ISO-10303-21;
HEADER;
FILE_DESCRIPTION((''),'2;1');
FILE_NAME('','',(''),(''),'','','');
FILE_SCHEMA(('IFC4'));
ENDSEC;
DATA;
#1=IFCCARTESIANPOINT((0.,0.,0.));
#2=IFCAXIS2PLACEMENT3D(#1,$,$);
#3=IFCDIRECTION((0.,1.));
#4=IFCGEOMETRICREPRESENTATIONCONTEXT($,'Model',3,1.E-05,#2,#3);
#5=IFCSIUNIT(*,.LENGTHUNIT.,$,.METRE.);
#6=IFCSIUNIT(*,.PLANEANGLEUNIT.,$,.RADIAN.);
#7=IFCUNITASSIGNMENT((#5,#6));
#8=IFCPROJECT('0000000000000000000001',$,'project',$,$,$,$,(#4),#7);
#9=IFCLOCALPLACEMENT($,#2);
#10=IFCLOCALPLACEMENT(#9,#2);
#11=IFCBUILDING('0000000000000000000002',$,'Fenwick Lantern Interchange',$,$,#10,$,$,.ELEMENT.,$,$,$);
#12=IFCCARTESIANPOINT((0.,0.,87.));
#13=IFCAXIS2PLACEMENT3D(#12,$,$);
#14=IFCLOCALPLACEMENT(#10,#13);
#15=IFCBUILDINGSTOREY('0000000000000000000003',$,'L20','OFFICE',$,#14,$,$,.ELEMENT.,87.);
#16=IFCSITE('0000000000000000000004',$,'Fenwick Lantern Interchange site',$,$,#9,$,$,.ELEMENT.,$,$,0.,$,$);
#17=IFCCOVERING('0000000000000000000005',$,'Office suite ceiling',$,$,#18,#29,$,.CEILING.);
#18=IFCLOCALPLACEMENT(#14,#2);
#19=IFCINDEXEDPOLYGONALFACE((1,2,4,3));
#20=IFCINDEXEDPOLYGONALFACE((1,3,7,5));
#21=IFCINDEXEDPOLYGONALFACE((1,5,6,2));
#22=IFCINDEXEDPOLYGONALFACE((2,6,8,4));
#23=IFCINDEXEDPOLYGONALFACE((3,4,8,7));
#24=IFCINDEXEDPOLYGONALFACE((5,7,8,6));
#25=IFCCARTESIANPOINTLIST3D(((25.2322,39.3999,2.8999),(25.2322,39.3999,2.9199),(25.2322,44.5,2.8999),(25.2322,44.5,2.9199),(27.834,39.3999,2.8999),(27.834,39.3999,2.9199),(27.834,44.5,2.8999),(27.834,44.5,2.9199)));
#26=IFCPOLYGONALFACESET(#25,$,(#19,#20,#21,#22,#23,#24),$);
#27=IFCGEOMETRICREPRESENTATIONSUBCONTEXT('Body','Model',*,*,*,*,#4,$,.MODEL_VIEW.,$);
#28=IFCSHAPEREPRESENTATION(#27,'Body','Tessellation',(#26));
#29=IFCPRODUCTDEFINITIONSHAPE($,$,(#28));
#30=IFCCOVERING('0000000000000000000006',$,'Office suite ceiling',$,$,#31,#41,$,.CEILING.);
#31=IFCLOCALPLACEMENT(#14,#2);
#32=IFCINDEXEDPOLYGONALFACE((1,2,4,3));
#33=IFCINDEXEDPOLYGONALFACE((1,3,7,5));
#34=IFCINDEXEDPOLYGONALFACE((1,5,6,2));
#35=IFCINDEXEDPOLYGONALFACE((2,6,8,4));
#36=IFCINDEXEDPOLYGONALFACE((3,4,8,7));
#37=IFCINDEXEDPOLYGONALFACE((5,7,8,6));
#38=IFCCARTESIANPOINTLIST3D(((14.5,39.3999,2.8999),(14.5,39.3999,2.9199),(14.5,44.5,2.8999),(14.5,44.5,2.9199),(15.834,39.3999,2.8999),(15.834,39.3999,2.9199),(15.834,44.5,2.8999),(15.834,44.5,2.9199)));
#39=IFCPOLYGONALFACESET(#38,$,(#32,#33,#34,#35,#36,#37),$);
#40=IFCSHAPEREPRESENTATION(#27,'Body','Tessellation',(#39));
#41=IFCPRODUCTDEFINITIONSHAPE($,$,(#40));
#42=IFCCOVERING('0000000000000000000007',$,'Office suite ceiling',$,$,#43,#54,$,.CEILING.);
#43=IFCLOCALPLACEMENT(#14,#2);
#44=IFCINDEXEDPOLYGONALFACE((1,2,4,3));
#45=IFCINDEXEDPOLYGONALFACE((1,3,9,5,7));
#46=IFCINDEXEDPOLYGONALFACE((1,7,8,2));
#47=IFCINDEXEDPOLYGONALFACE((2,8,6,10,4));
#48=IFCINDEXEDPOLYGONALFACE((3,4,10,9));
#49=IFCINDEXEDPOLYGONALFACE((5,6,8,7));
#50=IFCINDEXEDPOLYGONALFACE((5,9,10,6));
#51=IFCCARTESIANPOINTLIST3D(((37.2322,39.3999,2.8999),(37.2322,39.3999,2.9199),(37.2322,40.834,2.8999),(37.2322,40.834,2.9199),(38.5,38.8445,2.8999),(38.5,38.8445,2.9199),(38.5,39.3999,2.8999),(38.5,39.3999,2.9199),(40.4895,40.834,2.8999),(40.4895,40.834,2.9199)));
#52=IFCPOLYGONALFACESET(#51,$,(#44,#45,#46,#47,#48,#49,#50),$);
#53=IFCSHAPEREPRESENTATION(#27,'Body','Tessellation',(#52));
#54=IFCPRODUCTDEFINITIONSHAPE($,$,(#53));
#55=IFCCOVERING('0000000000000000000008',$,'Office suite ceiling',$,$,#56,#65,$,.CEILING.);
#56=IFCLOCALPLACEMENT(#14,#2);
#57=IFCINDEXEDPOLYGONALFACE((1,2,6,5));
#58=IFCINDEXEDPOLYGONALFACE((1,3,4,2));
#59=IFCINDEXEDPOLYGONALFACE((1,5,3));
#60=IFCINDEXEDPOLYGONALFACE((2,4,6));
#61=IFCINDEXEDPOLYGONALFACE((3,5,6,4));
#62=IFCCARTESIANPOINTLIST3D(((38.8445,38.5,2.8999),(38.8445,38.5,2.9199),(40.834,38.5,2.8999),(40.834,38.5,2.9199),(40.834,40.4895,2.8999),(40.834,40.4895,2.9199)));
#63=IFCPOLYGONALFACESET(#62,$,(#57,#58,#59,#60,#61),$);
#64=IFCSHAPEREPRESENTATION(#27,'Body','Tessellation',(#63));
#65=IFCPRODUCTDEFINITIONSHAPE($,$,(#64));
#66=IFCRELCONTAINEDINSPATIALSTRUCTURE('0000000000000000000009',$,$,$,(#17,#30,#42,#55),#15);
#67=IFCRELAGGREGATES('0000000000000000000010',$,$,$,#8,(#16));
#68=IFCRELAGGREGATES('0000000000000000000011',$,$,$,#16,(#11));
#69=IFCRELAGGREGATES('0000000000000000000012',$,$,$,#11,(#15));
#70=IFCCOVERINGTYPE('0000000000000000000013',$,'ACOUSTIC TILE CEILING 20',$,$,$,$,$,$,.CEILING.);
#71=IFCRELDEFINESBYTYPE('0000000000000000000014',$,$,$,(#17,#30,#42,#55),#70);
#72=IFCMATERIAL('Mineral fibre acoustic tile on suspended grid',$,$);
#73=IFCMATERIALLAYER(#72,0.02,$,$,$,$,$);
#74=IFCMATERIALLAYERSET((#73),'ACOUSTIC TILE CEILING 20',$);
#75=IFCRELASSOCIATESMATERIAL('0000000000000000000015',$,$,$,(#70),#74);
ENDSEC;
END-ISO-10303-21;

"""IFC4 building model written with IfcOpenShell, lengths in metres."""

from ifc_helpers import new_model, si_unit, direction, frame, origin, place, context, subcontext, project, spatial, polyline, outline, extrude, material, layer, layer_set, type_object, element, save


model = new_model("IFC4")

# Units and contexts
model_context = context("Model", 3, precision=1e-05, world=origin(), true_north=direction((0.0, 1.0)))
body_context = subcontext(model_context, "Body", "Model", "MODEL_VIEW")
ifc_project = project(units=[si_unit("LENGTHUNIT", "METRE"), si_unit("PLANEANGLEUNIT", "RADIAN")], contexts=[model_context])

# Site, building, storey
site_placement = place(None, origin())
site = spatial("IfcSite", under=ifc_project, at=site_placement, Name="Fenwick Lantern Interchange site", CompositionType="ELEMENT", RefElevation=0.0)
building_placement = place(site_placement, origin())
building = spatial("IfcBuilding", under=site, at=building_placement, Name="Fenwick Lantern Interchange", CompositionType="ELEMENT")
storey_placement = place(building_placement, frame((0.0, 0.0, 87.0)))
storey = spatial("IfcBuildingStorey", under=building, at=storey_placement, Name="L20", Description="OFFICE", CompositionType="ELEMENT", Elevation=87.0)

# Coverings
ifc_material = material(Name="Mineral fibre acoustic tile on suspended grid")
ifc_layer = layer(ifc_material, 0.02)
ifc_layer_set = layer_set([ifc_layer], Name="ACOUSTIC TILE CEILING 20")
covering_type = type_object("IfcCoveringType", Name="ACOUSTIC TILE CEILING 20", PredefinedType="CEILING", material=ifc_layer_set)
covering_1_placement = place(storey_placement, frame((0.0, 0.0, 2.8999)))
element("IfcCovering", 1, at=covering_1_placement, inside=storey, type_object=covering_type, Name="Office suite ceiling", PredefinedType="CEILING", context=body_context, shape_type="SweptSolid", body=[
    extrude(outline(polyline([(25.2322, 39.3999), (27.834, 39.3999), (27.834, 44.5), (25.2322, 44.5), (25.2322, 39.3999)])), origin(), (0.0, 0.0, 1.0), 0.02),
])
covering_2_placement = place(storey_placement, frame((0.0, 0.0, 2.8999)))
element("IfcCovering", 2, at=covering_2_placement, inside=storey, type_object=covering_type, Name="Office suite ceiling", PredefinedType="CEILING", context=body_context, shape_type="SweptSolid", body=[
    extrude(outline(polyline([(14.5, 39.3999), (15.834, 39.3999), (15.834, 44.5), (14.5, 44.5), (14.5, 39.3999)])), origin(), (0.0, 0.0, 1.0), 0.02),
])
covering_3_placement = place(storey_placement, frame((0.0, 0.0, 2.8999)))
element("IfcCovering", 3, at=covering_3_placement, inside=storey, type_object=covering_type, Name="Office suite ceiling", PredefinedType="CEILING", context=body_context, shape_type="SweptSolid", body=[
    extrude(outline(polyline([(38.5, 39.3999), (38.5, 38.8445), (40.4895, 40.834), (37.2322, 40.834), (37.2322, 39.3999), (38.5, 39.3999)])), origin(), (0.0, 0.0, 1.0), 0.02),
])
covering_4_placement = place(storey_placement, frame((0.0, 0.0, 2.8999)))
element("IfcCovering", 4, at=covering_4_placement, inside=storey, type_object=covering_type, Name="Office suite ceiling", PredefinedType="CEILING", context=body_context, shape_type="SweptSolid", body=[
    extrude(outline(polyline([(38.8445, 38.5), (40.834, 38.5), (40.834, 40.4895), (38.8445, 38.5)])), origin(), (0.0, 0.0, 1.0), 0.02),
])

save(model, "model.ifc")
